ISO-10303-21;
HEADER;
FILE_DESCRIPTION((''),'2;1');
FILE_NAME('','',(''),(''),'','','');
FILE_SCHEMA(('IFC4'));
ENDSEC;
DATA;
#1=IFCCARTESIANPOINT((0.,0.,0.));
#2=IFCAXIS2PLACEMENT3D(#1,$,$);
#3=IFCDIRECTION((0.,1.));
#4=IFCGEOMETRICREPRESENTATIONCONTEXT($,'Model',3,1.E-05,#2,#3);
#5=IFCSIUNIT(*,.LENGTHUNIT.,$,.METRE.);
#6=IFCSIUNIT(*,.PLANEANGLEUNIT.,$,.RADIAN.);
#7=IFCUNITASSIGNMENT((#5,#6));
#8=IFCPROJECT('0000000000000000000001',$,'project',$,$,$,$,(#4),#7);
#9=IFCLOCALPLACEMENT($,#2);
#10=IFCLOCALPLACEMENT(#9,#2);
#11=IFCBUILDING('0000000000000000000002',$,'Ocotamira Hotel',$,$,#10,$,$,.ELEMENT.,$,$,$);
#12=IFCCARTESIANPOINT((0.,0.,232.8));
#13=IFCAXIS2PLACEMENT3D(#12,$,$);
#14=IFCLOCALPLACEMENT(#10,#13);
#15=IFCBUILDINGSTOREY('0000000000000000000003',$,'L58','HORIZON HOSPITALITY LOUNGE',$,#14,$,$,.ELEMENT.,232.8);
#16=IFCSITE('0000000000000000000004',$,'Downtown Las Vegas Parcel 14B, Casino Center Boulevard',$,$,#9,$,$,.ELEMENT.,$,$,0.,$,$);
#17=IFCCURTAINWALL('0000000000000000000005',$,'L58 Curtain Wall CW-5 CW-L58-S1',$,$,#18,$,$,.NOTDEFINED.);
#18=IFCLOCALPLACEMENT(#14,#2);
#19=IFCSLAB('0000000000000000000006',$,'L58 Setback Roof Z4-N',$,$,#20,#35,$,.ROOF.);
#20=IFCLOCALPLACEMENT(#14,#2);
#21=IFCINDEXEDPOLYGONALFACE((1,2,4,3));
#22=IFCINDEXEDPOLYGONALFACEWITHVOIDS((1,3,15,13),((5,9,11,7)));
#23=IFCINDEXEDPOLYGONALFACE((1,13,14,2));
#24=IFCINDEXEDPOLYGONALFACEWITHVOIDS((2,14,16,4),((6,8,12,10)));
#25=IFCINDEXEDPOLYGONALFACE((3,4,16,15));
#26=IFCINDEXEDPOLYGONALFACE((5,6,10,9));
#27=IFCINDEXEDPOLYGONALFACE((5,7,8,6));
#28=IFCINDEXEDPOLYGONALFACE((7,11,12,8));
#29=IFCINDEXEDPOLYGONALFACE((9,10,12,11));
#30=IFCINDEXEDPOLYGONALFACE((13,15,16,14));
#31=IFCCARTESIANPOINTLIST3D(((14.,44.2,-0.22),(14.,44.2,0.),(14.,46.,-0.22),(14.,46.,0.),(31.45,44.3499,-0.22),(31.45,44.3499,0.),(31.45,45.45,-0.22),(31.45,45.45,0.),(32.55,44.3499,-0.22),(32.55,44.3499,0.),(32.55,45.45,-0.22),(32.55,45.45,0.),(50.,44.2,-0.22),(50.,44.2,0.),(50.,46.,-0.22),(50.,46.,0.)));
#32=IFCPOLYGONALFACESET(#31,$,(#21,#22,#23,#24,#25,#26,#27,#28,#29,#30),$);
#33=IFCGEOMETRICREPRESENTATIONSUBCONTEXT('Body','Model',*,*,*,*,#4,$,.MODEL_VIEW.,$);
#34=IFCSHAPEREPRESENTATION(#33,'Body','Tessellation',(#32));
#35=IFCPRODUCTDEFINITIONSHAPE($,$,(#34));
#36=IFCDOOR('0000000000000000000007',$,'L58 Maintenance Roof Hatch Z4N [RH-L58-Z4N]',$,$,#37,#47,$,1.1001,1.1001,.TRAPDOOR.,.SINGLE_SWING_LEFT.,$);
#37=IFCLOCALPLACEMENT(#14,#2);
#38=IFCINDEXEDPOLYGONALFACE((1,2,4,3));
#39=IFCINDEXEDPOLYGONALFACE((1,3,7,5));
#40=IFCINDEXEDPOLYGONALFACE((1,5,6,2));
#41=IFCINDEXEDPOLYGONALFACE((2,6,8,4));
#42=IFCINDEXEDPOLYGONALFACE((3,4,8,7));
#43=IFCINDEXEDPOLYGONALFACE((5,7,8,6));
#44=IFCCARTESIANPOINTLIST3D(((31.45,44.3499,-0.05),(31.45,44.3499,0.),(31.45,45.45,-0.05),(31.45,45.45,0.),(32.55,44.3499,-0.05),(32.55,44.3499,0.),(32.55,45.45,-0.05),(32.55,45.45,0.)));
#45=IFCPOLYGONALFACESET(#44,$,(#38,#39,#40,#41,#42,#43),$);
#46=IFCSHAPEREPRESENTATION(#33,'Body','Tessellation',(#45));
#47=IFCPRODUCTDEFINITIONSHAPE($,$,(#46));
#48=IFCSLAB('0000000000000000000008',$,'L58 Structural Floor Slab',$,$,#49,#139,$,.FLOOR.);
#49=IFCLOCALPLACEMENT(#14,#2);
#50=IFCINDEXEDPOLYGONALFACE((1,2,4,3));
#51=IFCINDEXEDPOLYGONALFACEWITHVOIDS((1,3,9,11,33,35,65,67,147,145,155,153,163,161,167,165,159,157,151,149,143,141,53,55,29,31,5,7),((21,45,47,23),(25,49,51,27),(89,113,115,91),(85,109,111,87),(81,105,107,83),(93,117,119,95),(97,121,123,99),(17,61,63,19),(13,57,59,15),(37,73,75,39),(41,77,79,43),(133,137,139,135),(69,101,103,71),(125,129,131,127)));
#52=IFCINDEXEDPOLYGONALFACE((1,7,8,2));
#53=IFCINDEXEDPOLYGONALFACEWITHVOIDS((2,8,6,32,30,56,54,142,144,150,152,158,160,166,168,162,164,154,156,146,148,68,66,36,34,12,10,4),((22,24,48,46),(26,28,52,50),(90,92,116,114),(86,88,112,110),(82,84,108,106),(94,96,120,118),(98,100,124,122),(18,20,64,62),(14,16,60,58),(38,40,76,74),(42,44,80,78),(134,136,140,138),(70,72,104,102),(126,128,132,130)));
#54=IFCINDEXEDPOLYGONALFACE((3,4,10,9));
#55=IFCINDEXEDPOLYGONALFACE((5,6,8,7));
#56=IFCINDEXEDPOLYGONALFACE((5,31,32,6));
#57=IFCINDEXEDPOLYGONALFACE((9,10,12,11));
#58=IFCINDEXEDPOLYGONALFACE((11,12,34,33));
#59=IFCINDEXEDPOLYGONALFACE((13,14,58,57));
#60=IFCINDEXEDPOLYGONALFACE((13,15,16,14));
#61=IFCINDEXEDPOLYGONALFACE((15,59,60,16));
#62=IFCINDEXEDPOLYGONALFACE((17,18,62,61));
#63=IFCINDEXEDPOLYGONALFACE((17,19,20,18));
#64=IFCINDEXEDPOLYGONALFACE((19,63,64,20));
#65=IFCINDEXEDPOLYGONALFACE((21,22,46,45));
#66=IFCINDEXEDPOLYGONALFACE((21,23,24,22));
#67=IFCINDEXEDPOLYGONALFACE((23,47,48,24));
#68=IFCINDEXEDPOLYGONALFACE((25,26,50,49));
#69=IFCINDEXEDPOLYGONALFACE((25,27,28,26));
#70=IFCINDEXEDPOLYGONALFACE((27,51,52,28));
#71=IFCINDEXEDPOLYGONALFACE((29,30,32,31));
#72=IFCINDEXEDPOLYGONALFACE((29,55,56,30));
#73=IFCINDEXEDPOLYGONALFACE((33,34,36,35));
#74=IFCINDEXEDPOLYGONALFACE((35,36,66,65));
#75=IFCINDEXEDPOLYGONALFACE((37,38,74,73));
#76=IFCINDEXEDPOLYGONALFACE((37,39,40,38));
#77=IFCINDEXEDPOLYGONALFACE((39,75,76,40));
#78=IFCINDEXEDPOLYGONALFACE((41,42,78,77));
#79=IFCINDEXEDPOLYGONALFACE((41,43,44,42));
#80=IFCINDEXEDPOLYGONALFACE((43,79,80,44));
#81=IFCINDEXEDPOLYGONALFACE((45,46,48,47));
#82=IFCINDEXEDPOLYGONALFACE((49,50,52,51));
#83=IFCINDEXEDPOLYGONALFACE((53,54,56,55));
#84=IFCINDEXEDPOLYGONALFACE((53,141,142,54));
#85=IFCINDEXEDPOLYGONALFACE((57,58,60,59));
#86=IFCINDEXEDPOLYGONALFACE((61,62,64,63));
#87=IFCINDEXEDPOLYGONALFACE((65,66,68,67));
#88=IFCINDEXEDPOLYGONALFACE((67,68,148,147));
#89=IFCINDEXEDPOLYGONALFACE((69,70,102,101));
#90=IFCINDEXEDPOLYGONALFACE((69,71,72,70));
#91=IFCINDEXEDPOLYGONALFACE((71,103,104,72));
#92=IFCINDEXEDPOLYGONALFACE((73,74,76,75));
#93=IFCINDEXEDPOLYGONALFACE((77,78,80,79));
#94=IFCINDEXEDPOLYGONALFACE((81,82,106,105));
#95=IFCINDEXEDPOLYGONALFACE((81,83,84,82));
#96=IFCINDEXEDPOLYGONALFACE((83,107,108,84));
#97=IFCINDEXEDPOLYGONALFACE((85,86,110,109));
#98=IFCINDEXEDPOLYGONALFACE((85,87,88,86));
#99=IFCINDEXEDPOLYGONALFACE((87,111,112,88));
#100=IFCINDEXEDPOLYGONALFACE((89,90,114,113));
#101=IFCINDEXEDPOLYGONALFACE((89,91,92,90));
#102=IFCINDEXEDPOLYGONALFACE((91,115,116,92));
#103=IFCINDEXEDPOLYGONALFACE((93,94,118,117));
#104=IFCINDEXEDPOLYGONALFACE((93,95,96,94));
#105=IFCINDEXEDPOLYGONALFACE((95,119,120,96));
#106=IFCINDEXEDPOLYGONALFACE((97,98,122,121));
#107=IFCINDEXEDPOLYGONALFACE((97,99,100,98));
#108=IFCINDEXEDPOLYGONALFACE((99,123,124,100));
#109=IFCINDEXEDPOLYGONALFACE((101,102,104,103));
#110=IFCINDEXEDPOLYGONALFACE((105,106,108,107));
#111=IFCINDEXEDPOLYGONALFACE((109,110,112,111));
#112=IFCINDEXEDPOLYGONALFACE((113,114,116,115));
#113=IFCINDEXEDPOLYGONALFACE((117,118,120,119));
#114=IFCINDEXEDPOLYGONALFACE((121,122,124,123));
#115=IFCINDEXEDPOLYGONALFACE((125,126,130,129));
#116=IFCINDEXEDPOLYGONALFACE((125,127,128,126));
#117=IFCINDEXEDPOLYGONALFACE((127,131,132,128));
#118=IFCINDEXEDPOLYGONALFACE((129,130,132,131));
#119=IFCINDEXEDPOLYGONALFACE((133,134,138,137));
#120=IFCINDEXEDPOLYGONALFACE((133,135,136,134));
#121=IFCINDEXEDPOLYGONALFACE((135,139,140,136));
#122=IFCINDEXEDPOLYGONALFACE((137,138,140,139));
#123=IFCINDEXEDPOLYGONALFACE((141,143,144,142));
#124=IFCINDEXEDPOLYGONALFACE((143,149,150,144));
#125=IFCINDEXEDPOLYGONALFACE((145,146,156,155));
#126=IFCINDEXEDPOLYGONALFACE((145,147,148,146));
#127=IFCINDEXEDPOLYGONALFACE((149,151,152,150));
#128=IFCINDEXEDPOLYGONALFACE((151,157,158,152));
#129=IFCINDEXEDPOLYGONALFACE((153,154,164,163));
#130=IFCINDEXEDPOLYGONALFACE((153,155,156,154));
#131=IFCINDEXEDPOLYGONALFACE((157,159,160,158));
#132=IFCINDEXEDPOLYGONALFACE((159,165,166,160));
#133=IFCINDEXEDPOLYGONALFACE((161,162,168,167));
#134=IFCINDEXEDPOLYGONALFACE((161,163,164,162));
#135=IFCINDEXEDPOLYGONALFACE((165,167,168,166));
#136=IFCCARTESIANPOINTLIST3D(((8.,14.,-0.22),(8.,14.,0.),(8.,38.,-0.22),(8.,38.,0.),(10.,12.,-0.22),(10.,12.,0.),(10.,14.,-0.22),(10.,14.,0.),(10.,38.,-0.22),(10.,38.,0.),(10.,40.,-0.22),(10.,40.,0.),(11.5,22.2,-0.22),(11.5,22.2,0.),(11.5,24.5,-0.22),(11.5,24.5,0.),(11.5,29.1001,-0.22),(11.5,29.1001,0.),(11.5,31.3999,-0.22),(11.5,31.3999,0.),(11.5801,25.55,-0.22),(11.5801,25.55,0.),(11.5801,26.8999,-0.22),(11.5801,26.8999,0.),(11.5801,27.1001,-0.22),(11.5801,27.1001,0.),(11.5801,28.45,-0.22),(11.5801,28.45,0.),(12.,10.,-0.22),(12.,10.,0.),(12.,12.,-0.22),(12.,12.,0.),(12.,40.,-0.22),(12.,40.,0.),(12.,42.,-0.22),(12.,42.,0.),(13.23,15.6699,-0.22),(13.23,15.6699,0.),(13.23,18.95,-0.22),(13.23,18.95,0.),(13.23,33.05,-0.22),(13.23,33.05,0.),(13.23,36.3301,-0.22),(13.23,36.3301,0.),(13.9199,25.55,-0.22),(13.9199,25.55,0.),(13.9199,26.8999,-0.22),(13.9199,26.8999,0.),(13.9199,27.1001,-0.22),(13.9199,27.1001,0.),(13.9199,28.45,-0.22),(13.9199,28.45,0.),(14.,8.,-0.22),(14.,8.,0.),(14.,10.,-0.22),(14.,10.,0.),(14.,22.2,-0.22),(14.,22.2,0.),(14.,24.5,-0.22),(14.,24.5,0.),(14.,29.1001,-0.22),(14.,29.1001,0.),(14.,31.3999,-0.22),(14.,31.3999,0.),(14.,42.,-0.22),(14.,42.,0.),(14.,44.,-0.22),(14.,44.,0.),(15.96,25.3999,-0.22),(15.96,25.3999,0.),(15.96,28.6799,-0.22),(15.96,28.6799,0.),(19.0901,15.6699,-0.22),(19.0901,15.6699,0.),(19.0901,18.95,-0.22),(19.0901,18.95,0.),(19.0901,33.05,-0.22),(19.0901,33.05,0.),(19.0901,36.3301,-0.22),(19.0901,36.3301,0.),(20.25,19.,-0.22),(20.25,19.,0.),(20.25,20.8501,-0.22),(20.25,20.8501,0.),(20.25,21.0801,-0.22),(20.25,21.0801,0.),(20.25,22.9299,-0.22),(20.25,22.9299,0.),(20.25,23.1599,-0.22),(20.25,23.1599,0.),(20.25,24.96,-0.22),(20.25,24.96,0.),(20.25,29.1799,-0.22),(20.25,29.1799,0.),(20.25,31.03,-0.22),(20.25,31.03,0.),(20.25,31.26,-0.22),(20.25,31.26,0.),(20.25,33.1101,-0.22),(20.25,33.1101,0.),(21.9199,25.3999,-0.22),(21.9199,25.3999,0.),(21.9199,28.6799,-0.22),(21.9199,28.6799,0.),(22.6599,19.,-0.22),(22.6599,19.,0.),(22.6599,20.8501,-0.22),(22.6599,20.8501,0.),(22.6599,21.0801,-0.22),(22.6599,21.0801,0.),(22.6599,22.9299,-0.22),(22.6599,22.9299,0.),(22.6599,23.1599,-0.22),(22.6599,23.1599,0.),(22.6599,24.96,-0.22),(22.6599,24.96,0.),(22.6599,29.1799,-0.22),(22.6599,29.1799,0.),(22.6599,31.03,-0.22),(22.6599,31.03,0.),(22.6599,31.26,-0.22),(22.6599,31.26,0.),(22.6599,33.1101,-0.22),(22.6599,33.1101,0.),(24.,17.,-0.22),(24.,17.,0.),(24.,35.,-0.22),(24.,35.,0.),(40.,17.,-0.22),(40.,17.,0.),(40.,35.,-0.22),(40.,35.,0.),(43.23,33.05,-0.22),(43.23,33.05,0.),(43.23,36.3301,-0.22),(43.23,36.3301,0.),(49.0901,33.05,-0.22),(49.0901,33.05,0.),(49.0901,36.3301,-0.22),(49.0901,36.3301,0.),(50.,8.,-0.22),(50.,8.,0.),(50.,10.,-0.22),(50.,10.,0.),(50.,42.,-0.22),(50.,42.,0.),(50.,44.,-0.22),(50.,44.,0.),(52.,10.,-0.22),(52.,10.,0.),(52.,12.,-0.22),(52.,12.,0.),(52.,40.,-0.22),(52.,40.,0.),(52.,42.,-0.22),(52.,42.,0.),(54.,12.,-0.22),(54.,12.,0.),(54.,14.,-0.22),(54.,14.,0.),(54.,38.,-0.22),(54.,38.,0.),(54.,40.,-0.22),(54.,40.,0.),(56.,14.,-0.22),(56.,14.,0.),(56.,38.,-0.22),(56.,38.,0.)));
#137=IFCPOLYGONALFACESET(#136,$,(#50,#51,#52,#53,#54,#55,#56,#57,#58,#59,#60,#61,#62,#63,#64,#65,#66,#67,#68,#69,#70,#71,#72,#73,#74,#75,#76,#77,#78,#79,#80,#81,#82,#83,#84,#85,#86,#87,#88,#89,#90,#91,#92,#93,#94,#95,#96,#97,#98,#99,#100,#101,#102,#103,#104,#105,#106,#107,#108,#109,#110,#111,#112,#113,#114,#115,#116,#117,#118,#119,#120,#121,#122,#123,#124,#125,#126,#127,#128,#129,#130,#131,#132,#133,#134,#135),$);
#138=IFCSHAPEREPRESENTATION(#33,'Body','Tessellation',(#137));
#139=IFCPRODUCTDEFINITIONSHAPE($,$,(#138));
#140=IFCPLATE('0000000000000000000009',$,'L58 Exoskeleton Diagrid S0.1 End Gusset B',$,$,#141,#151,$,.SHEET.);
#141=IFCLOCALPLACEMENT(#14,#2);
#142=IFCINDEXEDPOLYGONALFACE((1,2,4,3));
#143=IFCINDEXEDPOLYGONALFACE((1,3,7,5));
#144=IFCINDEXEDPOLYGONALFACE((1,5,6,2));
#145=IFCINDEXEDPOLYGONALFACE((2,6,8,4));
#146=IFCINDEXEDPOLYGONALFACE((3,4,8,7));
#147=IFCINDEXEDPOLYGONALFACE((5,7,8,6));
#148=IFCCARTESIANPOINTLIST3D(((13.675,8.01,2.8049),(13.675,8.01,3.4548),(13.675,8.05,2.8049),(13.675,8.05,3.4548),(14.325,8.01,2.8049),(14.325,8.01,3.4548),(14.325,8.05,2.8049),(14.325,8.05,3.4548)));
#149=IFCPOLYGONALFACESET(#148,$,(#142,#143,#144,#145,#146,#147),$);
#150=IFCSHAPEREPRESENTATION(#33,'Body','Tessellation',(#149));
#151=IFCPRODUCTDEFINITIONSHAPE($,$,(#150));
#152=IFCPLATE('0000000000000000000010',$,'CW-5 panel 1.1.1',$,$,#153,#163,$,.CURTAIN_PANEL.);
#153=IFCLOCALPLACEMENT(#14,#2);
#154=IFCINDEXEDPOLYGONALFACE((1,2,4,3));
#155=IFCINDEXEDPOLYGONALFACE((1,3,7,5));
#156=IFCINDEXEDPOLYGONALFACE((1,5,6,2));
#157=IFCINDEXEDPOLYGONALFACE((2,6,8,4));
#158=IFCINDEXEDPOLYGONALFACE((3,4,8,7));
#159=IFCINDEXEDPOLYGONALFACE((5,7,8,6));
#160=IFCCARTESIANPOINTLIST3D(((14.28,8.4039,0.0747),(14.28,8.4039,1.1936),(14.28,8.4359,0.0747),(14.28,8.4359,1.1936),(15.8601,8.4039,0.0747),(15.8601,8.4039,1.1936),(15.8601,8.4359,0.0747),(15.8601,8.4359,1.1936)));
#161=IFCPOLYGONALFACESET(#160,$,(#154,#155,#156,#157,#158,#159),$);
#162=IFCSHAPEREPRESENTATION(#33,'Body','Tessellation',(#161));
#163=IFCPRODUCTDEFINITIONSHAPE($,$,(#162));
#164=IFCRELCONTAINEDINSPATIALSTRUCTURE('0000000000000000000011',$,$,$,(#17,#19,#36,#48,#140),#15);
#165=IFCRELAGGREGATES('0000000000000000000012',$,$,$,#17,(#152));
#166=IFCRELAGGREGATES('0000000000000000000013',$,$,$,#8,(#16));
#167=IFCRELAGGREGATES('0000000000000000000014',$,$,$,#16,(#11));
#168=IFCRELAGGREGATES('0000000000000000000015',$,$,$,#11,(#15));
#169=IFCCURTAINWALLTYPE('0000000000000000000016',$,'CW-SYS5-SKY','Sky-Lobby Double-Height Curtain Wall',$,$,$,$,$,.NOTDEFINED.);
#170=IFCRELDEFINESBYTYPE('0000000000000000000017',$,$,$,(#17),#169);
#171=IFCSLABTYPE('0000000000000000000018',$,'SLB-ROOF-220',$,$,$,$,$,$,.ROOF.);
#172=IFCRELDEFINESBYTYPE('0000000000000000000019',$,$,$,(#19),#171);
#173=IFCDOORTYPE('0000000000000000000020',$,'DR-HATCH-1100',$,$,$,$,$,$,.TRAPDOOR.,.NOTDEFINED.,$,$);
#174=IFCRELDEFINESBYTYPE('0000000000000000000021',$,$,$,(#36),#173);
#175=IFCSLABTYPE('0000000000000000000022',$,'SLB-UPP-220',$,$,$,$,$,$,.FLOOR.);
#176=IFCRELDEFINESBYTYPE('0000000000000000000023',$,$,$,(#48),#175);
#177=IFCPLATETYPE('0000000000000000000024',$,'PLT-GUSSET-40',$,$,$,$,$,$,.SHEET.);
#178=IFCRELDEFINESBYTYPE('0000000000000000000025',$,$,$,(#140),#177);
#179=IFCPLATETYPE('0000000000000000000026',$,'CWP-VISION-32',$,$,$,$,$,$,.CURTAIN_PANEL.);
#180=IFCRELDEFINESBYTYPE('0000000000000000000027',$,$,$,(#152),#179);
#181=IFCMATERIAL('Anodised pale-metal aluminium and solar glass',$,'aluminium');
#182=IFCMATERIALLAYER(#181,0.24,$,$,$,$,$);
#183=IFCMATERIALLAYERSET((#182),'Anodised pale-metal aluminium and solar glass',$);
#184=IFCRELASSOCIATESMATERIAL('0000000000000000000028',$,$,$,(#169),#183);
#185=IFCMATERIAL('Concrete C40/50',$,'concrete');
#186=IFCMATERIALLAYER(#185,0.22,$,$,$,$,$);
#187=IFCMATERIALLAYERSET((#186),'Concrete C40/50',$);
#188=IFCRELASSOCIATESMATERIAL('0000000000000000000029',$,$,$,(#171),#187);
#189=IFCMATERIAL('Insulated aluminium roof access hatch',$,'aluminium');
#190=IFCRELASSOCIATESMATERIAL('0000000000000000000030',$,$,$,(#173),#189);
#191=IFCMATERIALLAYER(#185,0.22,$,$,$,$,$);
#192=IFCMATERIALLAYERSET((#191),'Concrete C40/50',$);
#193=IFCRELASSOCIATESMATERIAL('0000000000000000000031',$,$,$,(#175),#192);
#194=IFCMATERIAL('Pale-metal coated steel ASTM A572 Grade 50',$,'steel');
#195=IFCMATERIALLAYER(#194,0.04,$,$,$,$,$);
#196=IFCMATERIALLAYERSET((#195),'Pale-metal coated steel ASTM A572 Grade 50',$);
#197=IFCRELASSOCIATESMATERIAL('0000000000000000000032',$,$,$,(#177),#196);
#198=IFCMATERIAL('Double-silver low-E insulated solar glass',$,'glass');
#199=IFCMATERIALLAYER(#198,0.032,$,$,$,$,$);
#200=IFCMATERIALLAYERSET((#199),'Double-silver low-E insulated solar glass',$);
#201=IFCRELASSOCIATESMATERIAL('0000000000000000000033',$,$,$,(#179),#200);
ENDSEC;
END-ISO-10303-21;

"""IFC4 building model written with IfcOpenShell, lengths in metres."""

from ifc_helpers import new_model, si_unit, direction, frame, origin, origin_2d, place, context, subcontext, project, spatial, polyline, rectangle, outline, extrude, source, transform, mapped, material, layer, layer_set, type_object, element, fill, aggregate, save


model = new_model("IFC4")

# Units and contexts
model_context = context("Model", 3, precision=1e-05, world=origin(), true_north=direction((0.0, 1.0)))
body_context = subcontext(model_context, "Body", "Model", "MODEL_VIEW")
ifc_project = project(units=[si_unit("LENGTHUNIT", "METRE"), si_unit("PLANEANGLEUNIT", "RADIAN")], contexts=[model_context])

# Site, building, storey
site_placement = place(None, origin())
site = spatial("IfcSite", under=ifc_project, at=site_placement, Name="Downtown Las Vegas Parcel 14B, Casino Center Boulevard", CompositionType="ELEMENT", RefElevation=0.0)
building_placement = place(site_placement, origin())
building = spatial("IfcBuilding", under=site, at=building_placement, Name="Ocotamira Hotel", CompositionType="ELEMENT")
storey_placement = place(building_placement, frame((0.0, 0.0, 232.8)))
storey = spatial("IfcBuildingStorey", under=building, at=storey_placement, Name="L58", Description="HORIZON HOSPITALITY LOUNGE", CompositionType="ELEMENT", Elevation=232.8)

# Curtain wall
ifc_material_1 = material(Name="Anodised pale-metal aluminium and solar glass", Category="aluminium")
ifc_layer_1 = layer(ifc_material_1, 0.24)
ifc_layer_set_1 = layer_set([ifc_layer_1], Name="Anodised pale-metal aluminium and solar glass")
curtain_wall_type = type_object("IfcCurtainWallType", Name="CW-SYS5-SKY", Description="Sky-Lobby Double-Height Curtain Wall", PredefinedType="NOTDEFINED", material=ifc_layer_set_1)
curtain_wall_placement = place(storey_placement, origin())
curtain_wall = element("IfcCurtainWall", 1, at=curtain_wall_placement, inside=storey, type_object=curtain_wall_type, Name="L58 Curtain Wall CW-5 CW-L58-S1", PredefinedType="NOTDEFINED")

# Shared definitions
ifc_material_2 = material(Name="Concrete C40/50", Category="concrete")

# Slab, opening, door
ifc_layer_2 = layer(ifc_material_2, 0.22)
ifc_layer_set_2 = layer_set([ifc_layer_2], Name="Concrete C40/50")
slab_type_1 = type_object("IfcSlabType", Name="SLB-ROOF-220", PredefinedType="ROOF", material=ifc_layer_set_2)
ifc_material_3 = material(Name="Insulated aluminium roof access hatch", Category="aluminium")
door_type_1 = type_object("IfcDoorType", Name="DR-HATCH-1100", OperationType="NOTDEFINED", PredefinedType="TRAPDOOR", material=ifc_material_3)
slab_1_placement = place(storey_placement, frame((0.0, 0.0, -0.22)))
slab_1 = element("IfcSlab", 2, at=slab_1_placement, inside=storey, type_object=slab_type_1, Name="L58 Setback Roof Z4-N", PredefinedType="ROOF", context=body_context, shape_type="SweptSolid", body=[
    extrude(outline(polyline([(14.0, 44.2), (50.0, 44.2), (50.0, 46.0), (14.0, 46.0), (14.0, 44.2)])), origin(), (0.0, 0.0, 1.0), 0.22),
])
opening_1_placement = place(slab_1_placement, frame((32.0, 44.8999, 0.0)))
opening_1 = element("IfcOpeningElement", 3, at=opening_1_placement, cuts=slab_1, PredefinedType="OPENING", context=body_context, shape_type="SweptSolid", body=[
    extrude(rectangle(XDim=1.1001, YDim=1.1001, at=origin_2d()), frame((0.0, 0.0, -0.01)), (0.0, 0.0, 1.0), 0.24),
])
door_1_placement = place(opening_1_placement, frame((0.0, 0.0, 0.1699)))
door_1 = element("IfcDoor", 4, at=door_1_placement, inside=storey, type_object=door_type_1, Name="L58 Maintenance Roof Hatch Z4N [RH-L58-Z4N]", OperationType="SINGLE_SWING_LEFT", OverallHeight=1.1001, OverallWidth=1.1001, PredefinedType="TRAPDOOR", context=body_context, shape_type="SweptSolid", body=[
    extrude(rectangle(XDim=1.1001, YDim=1.1001, at=origin_2d()), origin(), (0.0, 0.0, 1.0), 0.05),
])
fill(opening_1, door_1)

# Slab
ifc_layer_3 = layer(ifc_material_2, 0.22)
ifc_layer_set_3 = layer_set([ifc_layer_3], Name="Concrete C40/50")
slab_type_2 = type_object("IfcSlabType", Name="SLB-UPP-220", PredefinedType="FLOOR", material=ifc_layer_set_3)
slab_2_placement = place(storey_placement, frame((0.0, 0.0, -0.22)))
element("IfcSlab", 5, at=slab_2_placement, inside=storey, type_object=slab_type_2, Name="L58 Structural Floor Slab", PredefinedType="FLOOR", context=body_context, shape_type="SweptSolid", body=[
    extrude(outline(polyline([(14.0, 8.0), (50.0, 8.0), (50.0, 10.0), (52.0, 10.0), (52.0, 12.0), (54.0, 12.0), (54.0, 14.0), (56.0, 14.0), (56.0, 38.0), (54.0, 38.0), (54.0, 40.0), (52.0, 40.0), (52.0, 42.0), (50.0, 42.0), (50.0, 44.0), (14.0, 44.0), (14.0, 42.0), (12.0, 42.0), (12.0, 40.0), (10.0, 40.0), (10.0, 38.0), (8.0, 38.0), (8.0, 14.0), (10.0, 14.0), (10.0, 12.0), (12.0, 12.0), (12.0, 10.0), (14.0, 10.0), (14.0, 8.0)]), holes=[polyline([(24.0, 17.0), (40.0, 17.0), (40.0, 35.0), (24.0, 35.0), (24.0, 17.0)]), polyline([(13.23, 15.6699), (19.0901, 15.6699), (19.0901, 18.95), (13.23, 18.95), (13.23, 15.6699)]), polyline([(13.23, 33.05), (19.0901, 33.05), (19.0901, 36.3301), (13.23, 36.3301), (13.23, 33.05)]), polyline([(15.96, 25.3999), (21.9199, 25.3999), (21.9199, 28.6799), (15.96, 28.6799), (15.96, 25.3999)]), polyline([(43.23, 33.05), (49.0901, 33.05), (49.0901, 36.3301), (43.23, 36.3301), (43.23, 33.05)]), polyline([(20.25, 19.0), (22.6599, 19.0), (22.6599, 20.8501), (20.25, 20.8501), (20.25, 19.0)]), polyline([(20.25, 21.0801), (22.6599, 21.0801), (22.6599, 22.9299), (20.25, 22.9299), (20.25, 21.0801)]), polyline([(20.25, 23.1599), (22.6599, 23.1599), (22.6599, 24.96), (20.25, 24.96), (20.25, 23.1599)]), polyline([(20.25, 29.1799), (22.6599, 29.1799), (22.6599, 31.03), (20.25, 31.03), (20.25, 29.1799)]), polyline([(20.25, 31.26), (22.6599, 31.26), (22.6599, 33.1101), (20.25, 33.1101), (20.25, 31.26)]), polyline([(11.5, 22.2), (14.0, 22.2), (14.0, 24.5), (11.5, 24.5), (11.5, 22.2)]), polyline([(11.5, 29.1001), (14.0, 29.1001), (14.0, 31.3999), (11.5, 31.3999), (11.5, 29.1001)]), polyline([(11.5801, 25.55), (13.9199, 25.55), (13.9199, 26.8999), (11.5801, 26.8999), (11.5801, 25.55)]), polyline([(11.5801, 27.1001), (13.9199, 27.1001), (13.9199, 28.45), (11.5801, 28.45), (11.5801, 27.1001)])]), origin(), (0.0, 0.0, 1.0), 0.22),
])

# Plates
ifc_material_4 = material(Name="Pale-metal coated steel ASTM A572 Grade 50", Category="steel")
ifc_layer_4 = layer(ifc_material_4, 0.04)
ifc_layer_set_4 = layer_set([ifc_layer_4], Name="Pale-metal coated steel ASTM A572 Grade 50")
plate_type_1 = type_object("IfcPlateType", Name="PLT-GUSSET-40", PredefinedType="SHEET", material=ifc_layer_set_4)
shared_shape_1 = source(origin(), body_context, "Body", "SweptSolid", [
    extrude(rectangle(XDim=0.6499, YDim=0.04, at=origin_2d()), origin(), (0.0, 0.0, 1.0), 0.6499),
])
plate_1_placement = place(storey_placement, frame((14.0, 8.03, 2.8049), z_axis=(0.0, 0.0, 1.0), x_axis=(-1.0, 0.0, 0.0)))
element("IfcPlate", 6, at=plate_1_placement, inside=storey, type_object=plate_type_1, Name="L58 Exoskeleton Diagrid S0.1 End Gusset B", PredefinedType="SHEET", context=body_context, shape_type="MappedRepresentation", body=[
    mapped(shared_shape_1, transform((0.0, 0.0, 0.0), scale=1.0)),
])
ifc_material_5 = material(Name="Double-silver low-E insulated solar glass", Category="glass")
ifc_layer_5 = layer(ifc_material_5, 0.032)
ifc_layer_set_5 = layer_set([ifc_layer_5], Name="Double-silver low-E insulated solar glass")
plate_type_2 = type_object("IfcPlateType", Name="CWP-VISION-32", PredefinedType="CURTAIN_PANEL", material=ifc_layer_set_5)
shared_shape_2 = source(origin(), body_context, "Body", "SweptSolid", [
    extrude(rectangle(XDim=1.5801, YDim=0.032, at=origin_2d()), origin(), (0.0, 0.0, 1.0), 1.1189),
])
plate_2_placement = place(storey_placement, frame((15.0701, 8.4199, 0.0747), z_axis=(0.0, 0.0, 1.0), x_axis=(1.0, 0.0, 0.0)))
plate_2 = element("IfcPlate", 7, at=plate_2_placement, type_object=plate_type_2, Name="CW-5 panel 1.1.1", PredefinedType="CURTAIN_PANEL", context=body_context, shape_type="MappedRepresentation", body=[
    mapped(shared_shape_2, transform((0.0, 0.0, 0.0), scale=1.0)),
])
aggregate(curtain_wall, [plate_2])

save(model, "model.ifc")
